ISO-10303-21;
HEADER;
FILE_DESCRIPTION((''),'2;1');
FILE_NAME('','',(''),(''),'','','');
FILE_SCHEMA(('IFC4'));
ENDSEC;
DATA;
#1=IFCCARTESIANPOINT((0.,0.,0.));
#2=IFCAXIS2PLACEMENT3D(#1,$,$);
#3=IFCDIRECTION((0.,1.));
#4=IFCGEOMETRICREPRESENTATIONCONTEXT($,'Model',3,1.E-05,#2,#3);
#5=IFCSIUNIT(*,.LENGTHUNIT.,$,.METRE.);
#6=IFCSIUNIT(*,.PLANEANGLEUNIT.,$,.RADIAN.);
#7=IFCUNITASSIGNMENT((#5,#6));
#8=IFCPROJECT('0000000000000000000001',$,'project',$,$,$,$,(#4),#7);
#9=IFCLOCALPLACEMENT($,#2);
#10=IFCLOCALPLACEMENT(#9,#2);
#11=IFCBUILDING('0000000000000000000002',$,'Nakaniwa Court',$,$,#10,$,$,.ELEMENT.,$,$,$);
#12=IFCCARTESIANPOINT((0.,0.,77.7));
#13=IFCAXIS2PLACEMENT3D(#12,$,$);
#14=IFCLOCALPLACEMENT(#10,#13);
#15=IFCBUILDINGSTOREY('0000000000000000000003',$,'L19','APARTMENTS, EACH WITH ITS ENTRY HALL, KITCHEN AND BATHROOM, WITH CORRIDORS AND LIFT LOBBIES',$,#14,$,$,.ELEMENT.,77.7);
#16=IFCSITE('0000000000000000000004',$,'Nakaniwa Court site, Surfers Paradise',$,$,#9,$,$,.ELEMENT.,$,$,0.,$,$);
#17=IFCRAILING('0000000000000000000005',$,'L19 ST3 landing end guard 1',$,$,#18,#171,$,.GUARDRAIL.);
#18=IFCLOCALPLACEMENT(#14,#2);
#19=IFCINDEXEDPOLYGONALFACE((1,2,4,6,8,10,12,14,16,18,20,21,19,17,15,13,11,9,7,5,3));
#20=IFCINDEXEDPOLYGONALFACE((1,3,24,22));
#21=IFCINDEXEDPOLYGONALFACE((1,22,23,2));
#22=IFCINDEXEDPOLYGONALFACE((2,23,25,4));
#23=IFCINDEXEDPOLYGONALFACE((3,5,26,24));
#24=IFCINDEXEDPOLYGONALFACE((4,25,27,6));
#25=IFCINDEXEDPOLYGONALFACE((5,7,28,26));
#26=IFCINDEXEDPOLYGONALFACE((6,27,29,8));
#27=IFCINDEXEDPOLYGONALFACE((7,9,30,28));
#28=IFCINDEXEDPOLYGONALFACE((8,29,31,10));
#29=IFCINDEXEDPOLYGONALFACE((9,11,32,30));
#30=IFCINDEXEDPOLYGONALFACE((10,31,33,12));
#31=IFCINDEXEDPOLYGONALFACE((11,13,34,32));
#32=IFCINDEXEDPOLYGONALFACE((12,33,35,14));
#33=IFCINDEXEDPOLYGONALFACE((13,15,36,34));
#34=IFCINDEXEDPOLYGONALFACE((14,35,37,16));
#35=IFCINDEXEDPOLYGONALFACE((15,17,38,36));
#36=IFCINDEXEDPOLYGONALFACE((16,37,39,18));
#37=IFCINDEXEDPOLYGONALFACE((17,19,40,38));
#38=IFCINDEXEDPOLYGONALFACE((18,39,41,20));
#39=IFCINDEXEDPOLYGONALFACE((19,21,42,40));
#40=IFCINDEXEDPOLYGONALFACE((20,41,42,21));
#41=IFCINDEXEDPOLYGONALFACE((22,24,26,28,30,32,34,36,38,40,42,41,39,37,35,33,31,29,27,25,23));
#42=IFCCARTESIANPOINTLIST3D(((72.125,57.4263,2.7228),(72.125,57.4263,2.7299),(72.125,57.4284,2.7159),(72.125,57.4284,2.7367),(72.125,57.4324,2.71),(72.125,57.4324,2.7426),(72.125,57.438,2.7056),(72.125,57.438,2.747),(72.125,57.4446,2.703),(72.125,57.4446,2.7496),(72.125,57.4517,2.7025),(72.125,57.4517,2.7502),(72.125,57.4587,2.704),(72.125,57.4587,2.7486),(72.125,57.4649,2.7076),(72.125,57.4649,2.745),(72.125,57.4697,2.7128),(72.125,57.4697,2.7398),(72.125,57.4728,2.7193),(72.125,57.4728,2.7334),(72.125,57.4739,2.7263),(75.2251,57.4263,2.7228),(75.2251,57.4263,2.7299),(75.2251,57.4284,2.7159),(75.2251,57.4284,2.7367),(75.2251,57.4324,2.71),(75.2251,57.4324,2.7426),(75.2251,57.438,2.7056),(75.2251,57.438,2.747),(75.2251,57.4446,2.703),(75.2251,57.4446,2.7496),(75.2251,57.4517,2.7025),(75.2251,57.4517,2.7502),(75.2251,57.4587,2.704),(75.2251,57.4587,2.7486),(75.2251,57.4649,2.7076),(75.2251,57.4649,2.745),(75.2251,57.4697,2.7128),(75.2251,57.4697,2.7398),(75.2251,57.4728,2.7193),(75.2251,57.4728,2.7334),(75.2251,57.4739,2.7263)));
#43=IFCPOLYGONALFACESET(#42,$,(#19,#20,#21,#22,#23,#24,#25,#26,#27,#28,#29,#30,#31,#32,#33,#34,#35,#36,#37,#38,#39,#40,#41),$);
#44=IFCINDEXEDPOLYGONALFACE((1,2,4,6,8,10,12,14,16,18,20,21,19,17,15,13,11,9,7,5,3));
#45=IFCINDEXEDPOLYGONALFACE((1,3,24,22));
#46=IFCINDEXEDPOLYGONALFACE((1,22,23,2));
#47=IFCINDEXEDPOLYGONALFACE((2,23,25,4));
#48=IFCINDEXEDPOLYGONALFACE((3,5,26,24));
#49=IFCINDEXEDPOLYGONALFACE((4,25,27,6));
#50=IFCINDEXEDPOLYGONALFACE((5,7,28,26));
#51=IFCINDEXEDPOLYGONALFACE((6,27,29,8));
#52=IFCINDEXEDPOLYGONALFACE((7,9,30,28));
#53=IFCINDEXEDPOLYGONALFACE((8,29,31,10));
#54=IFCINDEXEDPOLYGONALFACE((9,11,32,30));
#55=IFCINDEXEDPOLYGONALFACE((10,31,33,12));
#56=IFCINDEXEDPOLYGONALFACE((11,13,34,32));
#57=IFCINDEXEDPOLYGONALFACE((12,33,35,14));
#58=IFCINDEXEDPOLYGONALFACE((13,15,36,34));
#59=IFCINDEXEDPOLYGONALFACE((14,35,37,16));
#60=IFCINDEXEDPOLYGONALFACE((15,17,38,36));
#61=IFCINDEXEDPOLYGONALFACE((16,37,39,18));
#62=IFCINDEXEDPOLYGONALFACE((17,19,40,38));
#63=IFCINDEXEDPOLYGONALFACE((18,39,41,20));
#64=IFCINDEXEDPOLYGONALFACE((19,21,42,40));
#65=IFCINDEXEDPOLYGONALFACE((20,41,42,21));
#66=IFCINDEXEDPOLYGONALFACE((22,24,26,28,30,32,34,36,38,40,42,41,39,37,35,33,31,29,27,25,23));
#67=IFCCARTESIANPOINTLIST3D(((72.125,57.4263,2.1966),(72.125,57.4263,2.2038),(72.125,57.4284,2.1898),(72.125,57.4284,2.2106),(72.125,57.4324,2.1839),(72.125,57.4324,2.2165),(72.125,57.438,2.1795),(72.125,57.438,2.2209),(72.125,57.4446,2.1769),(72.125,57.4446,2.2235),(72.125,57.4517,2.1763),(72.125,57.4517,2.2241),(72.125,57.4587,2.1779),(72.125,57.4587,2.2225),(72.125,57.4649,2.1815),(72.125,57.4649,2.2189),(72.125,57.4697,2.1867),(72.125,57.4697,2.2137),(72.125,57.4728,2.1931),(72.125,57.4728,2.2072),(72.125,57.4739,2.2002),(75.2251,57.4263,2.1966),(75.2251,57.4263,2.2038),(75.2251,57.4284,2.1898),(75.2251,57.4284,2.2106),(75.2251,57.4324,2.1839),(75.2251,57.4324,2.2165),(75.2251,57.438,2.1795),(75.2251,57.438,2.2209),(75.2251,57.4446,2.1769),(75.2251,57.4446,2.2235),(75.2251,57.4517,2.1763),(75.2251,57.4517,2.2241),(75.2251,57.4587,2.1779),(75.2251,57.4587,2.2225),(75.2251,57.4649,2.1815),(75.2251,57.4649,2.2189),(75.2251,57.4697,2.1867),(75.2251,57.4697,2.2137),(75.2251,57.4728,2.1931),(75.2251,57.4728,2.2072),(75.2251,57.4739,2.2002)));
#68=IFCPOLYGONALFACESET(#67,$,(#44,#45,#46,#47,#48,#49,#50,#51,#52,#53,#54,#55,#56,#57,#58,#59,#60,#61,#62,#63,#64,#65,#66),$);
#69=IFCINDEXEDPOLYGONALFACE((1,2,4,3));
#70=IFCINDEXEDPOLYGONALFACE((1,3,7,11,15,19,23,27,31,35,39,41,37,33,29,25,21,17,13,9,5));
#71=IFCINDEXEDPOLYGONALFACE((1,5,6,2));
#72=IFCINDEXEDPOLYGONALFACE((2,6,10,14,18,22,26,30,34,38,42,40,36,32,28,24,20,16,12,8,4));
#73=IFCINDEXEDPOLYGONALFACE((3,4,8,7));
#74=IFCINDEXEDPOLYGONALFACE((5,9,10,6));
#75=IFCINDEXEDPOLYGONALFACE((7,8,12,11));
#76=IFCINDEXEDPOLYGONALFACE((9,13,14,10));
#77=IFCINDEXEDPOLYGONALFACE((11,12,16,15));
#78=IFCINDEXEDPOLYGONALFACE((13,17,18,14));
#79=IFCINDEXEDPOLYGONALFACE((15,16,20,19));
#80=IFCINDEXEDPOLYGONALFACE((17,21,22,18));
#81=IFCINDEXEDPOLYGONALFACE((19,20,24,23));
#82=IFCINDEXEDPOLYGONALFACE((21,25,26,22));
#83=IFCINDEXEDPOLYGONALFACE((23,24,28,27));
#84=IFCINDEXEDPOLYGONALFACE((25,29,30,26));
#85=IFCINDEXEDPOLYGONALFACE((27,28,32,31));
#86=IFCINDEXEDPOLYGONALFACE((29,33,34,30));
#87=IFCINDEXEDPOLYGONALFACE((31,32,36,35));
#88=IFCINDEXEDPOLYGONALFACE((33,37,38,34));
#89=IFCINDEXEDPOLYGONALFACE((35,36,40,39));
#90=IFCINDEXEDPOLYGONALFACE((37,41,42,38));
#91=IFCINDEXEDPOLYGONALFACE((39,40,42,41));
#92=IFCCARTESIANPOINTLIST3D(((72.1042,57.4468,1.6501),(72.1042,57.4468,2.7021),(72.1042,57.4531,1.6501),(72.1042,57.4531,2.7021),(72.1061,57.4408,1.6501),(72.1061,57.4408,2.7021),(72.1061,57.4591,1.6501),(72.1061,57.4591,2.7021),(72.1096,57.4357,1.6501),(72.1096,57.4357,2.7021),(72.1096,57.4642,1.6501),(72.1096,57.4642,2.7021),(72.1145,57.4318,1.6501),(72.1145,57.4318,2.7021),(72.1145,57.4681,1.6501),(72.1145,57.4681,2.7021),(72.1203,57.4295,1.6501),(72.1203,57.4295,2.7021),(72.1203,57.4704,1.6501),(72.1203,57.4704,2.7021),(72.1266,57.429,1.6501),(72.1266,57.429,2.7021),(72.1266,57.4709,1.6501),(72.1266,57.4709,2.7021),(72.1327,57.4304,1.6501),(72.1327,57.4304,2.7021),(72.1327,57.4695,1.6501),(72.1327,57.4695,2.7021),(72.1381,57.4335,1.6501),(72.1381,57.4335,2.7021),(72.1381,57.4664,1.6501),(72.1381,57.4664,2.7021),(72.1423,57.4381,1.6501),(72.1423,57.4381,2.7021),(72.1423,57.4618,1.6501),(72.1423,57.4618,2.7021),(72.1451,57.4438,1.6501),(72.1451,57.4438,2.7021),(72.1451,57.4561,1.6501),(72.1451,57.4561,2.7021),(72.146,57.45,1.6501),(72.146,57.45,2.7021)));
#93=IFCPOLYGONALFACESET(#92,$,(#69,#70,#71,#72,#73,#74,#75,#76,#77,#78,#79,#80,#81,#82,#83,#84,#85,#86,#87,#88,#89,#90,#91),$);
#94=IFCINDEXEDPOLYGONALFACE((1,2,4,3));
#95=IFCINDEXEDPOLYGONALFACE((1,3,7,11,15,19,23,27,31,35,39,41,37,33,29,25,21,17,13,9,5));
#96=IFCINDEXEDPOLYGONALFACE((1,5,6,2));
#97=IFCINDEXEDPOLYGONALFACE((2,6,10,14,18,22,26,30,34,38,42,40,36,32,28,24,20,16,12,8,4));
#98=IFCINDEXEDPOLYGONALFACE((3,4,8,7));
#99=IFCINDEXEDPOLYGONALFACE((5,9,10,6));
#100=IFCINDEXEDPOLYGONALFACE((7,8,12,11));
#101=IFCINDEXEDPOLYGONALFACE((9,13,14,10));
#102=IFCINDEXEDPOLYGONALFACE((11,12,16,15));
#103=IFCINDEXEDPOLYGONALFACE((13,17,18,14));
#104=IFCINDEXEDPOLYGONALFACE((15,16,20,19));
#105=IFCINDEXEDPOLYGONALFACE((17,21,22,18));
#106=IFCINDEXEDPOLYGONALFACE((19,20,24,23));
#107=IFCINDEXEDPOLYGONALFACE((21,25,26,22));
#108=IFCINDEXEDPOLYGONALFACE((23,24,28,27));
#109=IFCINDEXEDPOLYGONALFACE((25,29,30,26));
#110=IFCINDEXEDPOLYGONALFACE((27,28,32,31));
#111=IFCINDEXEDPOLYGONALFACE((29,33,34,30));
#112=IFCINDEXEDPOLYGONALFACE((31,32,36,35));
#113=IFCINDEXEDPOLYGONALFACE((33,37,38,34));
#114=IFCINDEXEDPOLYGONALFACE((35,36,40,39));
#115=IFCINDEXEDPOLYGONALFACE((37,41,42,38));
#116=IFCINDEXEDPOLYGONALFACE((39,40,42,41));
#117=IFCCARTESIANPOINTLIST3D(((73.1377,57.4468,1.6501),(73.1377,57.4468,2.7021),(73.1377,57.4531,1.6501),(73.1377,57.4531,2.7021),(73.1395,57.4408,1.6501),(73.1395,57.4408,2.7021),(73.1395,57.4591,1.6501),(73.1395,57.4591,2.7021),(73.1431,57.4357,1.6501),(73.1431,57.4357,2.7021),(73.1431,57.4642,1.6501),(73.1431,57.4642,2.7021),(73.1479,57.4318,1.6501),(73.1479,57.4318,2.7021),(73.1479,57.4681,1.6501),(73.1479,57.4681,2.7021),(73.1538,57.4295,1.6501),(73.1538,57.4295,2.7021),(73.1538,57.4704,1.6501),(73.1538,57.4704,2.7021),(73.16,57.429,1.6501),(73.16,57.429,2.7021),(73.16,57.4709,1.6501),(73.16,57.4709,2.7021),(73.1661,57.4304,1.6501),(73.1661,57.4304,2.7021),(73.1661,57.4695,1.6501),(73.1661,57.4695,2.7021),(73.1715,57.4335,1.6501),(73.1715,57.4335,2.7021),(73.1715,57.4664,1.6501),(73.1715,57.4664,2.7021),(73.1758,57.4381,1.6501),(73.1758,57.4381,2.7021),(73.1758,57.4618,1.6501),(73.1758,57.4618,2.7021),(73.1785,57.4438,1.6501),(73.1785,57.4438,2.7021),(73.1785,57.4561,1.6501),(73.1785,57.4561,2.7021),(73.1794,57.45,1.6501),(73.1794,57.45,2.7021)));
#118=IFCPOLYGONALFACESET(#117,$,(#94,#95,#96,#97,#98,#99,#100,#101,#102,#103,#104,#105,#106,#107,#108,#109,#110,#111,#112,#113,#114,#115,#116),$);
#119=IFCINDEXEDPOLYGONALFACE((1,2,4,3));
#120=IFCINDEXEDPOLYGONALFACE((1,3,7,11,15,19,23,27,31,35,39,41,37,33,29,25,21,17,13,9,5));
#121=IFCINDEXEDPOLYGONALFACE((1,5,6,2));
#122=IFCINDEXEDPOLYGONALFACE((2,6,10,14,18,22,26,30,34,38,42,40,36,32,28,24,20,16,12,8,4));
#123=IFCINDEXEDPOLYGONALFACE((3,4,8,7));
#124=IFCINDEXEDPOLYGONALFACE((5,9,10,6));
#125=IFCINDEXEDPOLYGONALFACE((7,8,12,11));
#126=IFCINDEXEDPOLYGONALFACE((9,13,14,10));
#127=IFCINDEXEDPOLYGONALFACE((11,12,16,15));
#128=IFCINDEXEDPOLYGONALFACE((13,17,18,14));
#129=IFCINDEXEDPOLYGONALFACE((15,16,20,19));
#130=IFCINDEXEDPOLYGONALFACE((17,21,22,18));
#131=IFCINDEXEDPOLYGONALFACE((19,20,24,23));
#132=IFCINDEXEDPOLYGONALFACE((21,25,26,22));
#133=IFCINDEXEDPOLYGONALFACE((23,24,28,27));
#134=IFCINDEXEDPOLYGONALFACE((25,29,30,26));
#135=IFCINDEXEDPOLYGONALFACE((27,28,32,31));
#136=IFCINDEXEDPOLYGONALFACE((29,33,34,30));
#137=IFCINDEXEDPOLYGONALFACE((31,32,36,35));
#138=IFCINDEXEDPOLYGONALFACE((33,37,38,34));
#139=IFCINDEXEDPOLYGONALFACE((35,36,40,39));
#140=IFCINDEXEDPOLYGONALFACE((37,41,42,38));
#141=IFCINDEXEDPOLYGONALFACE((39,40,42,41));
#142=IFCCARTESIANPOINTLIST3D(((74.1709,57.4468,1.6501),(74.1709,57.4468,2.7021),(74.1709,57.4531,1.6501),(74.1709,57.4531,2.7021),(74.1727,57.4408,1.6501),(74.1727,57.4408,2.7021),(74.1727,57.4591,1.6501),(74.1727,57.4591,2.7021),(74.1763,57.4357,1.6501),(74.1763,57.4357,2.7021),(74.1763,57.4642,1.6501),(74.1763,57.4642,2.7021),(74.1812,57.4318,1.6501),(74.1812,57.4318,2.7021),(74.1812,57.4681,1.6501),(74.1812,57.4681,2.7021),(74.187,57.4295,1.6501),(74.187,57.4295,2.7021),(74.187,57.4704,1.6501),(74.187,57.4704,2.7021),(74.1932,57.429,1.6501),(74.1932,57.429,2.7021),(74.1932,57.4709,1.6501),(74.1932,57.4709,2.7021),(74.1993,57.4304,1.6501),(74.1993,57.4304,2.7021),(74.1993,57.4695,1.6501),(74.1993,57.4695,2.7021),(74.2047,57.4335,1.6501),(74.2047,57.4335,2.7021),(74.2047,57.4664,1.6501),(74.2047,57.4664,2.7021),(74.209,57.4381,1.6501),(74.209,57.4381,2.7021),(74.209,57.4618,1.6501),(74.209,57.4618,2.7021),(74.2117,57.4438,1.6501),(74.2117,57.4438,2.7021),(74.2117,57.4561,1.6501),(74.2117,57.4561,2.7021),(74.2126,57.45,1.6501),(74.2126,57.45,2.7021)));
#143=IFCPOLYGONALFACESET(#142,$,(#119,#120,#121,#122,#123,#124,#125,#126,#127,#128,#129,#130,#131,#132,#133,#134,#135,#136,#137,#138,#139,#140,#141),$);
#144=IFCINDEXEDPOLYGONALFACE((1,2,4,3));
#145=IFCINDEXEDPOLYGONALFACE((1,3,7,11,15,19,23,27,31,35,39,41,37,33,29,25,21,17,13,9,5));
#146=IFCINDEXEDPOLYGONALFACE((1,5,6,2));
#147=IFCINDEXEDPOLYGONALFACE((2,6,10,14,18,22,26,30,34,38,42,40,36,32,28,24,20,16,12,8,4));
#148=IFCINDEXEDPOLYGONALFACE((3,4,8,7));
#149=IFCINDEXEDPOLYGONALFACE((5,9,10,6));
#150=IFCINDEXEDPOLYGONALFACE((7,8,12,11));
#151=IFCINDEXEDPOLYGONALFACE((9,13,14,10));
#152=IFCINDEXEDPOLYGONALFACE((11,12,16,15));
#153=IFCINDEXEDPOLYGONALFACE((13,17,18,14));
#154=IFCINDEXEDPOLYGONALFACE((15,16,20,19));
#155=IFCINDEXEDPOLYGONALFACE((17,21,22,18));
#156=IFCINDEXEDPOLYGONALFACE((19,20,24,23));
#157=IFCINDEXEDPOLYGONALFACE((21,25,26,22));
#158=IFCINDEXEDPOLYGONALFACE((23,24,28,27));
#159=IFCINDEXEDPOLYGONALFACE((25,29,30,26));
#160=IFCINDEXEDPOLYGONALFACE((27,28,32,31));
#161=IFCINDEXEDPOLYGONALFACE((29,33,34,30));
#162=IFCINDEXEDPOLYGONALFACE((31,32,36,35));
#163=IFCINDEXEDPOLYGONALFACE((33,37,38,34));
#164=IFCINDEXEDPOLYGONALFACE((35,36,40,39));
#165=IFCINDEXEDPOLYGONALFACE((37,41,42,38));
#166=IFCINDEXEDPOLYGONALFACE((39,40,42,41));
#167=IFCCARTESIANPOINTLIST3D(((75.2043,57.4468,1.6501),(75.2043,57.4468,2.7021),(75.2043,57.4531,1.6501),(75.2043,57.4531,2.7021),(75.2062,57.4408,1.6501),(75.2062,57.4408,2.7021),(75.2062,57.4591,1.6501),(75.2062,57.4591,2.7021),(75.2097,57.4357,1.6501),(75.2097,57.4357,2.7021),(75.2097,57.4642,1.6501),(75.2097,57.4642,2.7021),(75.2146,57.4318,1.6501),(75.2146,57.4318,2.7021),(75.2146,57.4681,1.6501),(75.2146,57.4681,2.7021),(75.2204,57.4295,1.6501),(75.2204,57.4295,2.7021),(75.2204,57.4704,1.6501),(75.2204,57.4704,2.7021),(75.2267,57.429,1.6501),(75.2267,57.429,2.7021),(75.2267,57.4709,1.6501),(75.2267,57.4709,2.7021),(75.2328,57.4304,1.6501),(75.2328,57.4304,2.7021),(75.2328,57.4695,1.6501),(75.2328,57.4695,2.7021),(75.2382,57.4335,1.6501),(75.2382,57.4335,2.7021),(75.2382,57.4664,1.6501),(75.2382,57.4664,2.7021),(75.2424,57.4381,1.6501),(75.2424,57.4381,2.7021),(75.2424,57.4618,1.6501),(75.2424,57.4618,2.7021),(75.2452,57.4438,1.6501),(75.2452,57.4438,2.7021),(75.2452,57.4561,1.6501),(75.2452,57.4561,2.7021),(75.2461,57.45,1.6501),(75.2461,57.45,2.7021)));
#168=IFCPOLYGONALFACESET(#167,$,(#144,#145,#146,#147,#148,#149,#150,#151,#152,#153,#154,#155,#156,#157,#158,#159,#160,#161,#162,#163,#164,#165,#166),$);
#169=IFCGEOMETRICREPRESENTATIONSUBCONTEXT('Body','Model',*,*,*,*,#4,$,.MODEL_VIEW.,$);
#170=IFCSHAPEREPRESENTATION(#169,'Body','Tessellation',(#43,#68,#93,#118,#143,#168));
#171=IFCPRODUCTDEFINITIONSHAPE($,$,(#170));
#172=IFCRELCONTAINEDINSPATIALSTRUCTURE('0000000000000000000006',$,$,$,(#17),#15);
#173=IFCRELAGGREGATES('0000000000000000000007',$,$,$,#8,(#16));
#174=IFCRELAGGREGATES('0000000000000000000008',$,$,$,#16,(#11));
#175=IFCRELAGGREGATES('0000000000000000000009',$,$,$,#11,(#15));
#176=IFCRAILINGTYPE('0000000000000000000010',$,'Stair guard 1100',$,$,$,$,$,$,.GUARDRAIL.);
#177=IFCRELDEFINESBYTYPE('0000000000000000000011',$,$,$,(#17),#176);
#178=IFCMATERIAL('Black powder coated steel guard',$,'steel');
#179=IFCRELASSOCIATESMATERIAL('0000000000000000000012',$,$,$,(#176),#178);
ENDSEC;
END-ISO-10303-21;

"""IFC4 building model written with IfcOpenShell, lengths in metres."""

from ifc_helpers import new_model, si_unit, direction, frame, origin, origin_2d, place, context, subcontext, project, spatial, circle, extrude, material, type_object, element, save


model = new_model("IFC4")

# Units and contexts
model_context = context("Model", 3, precision=1e-05, world=origin(), true_north=direction((0.0, 1.0)))
body_context = subcontext(model_context, "Body", "Model", "MODEL_VIEW")
ifc_project = project(units=[si_unit("LENGTHUNIT", "METRE"), si_unit("PLANEANGLEUNIT", "RADIAN")], contexts=[model_context])

# Site, building, storey
site_placement = place(None, origin())
site = spatial("IfcSite", under=ifc_project, at=site_placement, Name="Nakaniwa Court site, Surfers Paradise", CompositionType="ELEMENT", RefElevation=0.0)
building_placement = place(site_placement, origin())
building = spatial("IfcBuilding", under=site, at=building_placement, Name="Nakaniwa Court", CompositionType="ELEMENT")
storey_placement = place(building_placement, frame((0.0, 0.0, 77.7)))
storey = spatial("IfcBuildingStorey", under=building, at=storey_placement, Name="L19", Description="APARTMENTS, EACH WITH ITS ENTRY HALL, KITCHEN AND BATHROOM, WITH CORRIDORS AND LIFT LOBBIES", CompositionType="ELEMENT", Elevation=77.7)

# Railing
ifc_material_1 = material(Name="Black powder coated steel guard", Category="steel")
railing_type_1 = type_object("IfcRailingType", Name="Stair guard 1100", PredefinedType="GUARDRAIL", material=ifc_material_1)
railing_1_placement = place(storey_placement, frame((72.125, 57.45, 1.6501)))
element("IfcRailing", 1, at=railing_1_placement, inside=storey, type_object=railing_type_1, Name="L19 ST3 landing end guard 1", PredefinedType="GUARDRAIL", context=body_context, shape_type="SweptSolid", body=[
    extrude(circle(Radius=0.0239, at=origin_2d()), frame((0.0, 0.0, 1.0762), z_axis=(1.0, 0.0, 0.0), x_axis=(0.0, 1.0, 0.0)), (0.0, 0.0, 1.0), 3.1001),
    extrude(circle(Radius=0.0239, at=origin_2d()), frame((0.0, 0.0, 0.55), z_axis=(1.0, 0.0, 0.0), x_axis=(0.0, 1.0, 0.0)), (0.0, 0.0, 1.0), 3.1001),
    extrude(circle(Radius=0.021, at=origin_2d()), origin(), (0.0, 0.0, 1.0), 1.052),
    extrude(circle(Radius=0.021, at=origin_2d()), frame((1.0334, 0.0, 0.0)), (0.0, 0.0, 1.0), 1.052),
    extrude(circle(Radius=0.021, at=origin_2d()), frame((2.0667, 0.0, 0.0)), (0.0, 0.0, 1.0), 1.052),
    extrude(circle(Radius=0.021, at=origin_2d()), frame((3.1001, 0.0, 0.0)), (0.0, 0.0, 1.0), 1.052),
])

save(model, "model.ifc")
